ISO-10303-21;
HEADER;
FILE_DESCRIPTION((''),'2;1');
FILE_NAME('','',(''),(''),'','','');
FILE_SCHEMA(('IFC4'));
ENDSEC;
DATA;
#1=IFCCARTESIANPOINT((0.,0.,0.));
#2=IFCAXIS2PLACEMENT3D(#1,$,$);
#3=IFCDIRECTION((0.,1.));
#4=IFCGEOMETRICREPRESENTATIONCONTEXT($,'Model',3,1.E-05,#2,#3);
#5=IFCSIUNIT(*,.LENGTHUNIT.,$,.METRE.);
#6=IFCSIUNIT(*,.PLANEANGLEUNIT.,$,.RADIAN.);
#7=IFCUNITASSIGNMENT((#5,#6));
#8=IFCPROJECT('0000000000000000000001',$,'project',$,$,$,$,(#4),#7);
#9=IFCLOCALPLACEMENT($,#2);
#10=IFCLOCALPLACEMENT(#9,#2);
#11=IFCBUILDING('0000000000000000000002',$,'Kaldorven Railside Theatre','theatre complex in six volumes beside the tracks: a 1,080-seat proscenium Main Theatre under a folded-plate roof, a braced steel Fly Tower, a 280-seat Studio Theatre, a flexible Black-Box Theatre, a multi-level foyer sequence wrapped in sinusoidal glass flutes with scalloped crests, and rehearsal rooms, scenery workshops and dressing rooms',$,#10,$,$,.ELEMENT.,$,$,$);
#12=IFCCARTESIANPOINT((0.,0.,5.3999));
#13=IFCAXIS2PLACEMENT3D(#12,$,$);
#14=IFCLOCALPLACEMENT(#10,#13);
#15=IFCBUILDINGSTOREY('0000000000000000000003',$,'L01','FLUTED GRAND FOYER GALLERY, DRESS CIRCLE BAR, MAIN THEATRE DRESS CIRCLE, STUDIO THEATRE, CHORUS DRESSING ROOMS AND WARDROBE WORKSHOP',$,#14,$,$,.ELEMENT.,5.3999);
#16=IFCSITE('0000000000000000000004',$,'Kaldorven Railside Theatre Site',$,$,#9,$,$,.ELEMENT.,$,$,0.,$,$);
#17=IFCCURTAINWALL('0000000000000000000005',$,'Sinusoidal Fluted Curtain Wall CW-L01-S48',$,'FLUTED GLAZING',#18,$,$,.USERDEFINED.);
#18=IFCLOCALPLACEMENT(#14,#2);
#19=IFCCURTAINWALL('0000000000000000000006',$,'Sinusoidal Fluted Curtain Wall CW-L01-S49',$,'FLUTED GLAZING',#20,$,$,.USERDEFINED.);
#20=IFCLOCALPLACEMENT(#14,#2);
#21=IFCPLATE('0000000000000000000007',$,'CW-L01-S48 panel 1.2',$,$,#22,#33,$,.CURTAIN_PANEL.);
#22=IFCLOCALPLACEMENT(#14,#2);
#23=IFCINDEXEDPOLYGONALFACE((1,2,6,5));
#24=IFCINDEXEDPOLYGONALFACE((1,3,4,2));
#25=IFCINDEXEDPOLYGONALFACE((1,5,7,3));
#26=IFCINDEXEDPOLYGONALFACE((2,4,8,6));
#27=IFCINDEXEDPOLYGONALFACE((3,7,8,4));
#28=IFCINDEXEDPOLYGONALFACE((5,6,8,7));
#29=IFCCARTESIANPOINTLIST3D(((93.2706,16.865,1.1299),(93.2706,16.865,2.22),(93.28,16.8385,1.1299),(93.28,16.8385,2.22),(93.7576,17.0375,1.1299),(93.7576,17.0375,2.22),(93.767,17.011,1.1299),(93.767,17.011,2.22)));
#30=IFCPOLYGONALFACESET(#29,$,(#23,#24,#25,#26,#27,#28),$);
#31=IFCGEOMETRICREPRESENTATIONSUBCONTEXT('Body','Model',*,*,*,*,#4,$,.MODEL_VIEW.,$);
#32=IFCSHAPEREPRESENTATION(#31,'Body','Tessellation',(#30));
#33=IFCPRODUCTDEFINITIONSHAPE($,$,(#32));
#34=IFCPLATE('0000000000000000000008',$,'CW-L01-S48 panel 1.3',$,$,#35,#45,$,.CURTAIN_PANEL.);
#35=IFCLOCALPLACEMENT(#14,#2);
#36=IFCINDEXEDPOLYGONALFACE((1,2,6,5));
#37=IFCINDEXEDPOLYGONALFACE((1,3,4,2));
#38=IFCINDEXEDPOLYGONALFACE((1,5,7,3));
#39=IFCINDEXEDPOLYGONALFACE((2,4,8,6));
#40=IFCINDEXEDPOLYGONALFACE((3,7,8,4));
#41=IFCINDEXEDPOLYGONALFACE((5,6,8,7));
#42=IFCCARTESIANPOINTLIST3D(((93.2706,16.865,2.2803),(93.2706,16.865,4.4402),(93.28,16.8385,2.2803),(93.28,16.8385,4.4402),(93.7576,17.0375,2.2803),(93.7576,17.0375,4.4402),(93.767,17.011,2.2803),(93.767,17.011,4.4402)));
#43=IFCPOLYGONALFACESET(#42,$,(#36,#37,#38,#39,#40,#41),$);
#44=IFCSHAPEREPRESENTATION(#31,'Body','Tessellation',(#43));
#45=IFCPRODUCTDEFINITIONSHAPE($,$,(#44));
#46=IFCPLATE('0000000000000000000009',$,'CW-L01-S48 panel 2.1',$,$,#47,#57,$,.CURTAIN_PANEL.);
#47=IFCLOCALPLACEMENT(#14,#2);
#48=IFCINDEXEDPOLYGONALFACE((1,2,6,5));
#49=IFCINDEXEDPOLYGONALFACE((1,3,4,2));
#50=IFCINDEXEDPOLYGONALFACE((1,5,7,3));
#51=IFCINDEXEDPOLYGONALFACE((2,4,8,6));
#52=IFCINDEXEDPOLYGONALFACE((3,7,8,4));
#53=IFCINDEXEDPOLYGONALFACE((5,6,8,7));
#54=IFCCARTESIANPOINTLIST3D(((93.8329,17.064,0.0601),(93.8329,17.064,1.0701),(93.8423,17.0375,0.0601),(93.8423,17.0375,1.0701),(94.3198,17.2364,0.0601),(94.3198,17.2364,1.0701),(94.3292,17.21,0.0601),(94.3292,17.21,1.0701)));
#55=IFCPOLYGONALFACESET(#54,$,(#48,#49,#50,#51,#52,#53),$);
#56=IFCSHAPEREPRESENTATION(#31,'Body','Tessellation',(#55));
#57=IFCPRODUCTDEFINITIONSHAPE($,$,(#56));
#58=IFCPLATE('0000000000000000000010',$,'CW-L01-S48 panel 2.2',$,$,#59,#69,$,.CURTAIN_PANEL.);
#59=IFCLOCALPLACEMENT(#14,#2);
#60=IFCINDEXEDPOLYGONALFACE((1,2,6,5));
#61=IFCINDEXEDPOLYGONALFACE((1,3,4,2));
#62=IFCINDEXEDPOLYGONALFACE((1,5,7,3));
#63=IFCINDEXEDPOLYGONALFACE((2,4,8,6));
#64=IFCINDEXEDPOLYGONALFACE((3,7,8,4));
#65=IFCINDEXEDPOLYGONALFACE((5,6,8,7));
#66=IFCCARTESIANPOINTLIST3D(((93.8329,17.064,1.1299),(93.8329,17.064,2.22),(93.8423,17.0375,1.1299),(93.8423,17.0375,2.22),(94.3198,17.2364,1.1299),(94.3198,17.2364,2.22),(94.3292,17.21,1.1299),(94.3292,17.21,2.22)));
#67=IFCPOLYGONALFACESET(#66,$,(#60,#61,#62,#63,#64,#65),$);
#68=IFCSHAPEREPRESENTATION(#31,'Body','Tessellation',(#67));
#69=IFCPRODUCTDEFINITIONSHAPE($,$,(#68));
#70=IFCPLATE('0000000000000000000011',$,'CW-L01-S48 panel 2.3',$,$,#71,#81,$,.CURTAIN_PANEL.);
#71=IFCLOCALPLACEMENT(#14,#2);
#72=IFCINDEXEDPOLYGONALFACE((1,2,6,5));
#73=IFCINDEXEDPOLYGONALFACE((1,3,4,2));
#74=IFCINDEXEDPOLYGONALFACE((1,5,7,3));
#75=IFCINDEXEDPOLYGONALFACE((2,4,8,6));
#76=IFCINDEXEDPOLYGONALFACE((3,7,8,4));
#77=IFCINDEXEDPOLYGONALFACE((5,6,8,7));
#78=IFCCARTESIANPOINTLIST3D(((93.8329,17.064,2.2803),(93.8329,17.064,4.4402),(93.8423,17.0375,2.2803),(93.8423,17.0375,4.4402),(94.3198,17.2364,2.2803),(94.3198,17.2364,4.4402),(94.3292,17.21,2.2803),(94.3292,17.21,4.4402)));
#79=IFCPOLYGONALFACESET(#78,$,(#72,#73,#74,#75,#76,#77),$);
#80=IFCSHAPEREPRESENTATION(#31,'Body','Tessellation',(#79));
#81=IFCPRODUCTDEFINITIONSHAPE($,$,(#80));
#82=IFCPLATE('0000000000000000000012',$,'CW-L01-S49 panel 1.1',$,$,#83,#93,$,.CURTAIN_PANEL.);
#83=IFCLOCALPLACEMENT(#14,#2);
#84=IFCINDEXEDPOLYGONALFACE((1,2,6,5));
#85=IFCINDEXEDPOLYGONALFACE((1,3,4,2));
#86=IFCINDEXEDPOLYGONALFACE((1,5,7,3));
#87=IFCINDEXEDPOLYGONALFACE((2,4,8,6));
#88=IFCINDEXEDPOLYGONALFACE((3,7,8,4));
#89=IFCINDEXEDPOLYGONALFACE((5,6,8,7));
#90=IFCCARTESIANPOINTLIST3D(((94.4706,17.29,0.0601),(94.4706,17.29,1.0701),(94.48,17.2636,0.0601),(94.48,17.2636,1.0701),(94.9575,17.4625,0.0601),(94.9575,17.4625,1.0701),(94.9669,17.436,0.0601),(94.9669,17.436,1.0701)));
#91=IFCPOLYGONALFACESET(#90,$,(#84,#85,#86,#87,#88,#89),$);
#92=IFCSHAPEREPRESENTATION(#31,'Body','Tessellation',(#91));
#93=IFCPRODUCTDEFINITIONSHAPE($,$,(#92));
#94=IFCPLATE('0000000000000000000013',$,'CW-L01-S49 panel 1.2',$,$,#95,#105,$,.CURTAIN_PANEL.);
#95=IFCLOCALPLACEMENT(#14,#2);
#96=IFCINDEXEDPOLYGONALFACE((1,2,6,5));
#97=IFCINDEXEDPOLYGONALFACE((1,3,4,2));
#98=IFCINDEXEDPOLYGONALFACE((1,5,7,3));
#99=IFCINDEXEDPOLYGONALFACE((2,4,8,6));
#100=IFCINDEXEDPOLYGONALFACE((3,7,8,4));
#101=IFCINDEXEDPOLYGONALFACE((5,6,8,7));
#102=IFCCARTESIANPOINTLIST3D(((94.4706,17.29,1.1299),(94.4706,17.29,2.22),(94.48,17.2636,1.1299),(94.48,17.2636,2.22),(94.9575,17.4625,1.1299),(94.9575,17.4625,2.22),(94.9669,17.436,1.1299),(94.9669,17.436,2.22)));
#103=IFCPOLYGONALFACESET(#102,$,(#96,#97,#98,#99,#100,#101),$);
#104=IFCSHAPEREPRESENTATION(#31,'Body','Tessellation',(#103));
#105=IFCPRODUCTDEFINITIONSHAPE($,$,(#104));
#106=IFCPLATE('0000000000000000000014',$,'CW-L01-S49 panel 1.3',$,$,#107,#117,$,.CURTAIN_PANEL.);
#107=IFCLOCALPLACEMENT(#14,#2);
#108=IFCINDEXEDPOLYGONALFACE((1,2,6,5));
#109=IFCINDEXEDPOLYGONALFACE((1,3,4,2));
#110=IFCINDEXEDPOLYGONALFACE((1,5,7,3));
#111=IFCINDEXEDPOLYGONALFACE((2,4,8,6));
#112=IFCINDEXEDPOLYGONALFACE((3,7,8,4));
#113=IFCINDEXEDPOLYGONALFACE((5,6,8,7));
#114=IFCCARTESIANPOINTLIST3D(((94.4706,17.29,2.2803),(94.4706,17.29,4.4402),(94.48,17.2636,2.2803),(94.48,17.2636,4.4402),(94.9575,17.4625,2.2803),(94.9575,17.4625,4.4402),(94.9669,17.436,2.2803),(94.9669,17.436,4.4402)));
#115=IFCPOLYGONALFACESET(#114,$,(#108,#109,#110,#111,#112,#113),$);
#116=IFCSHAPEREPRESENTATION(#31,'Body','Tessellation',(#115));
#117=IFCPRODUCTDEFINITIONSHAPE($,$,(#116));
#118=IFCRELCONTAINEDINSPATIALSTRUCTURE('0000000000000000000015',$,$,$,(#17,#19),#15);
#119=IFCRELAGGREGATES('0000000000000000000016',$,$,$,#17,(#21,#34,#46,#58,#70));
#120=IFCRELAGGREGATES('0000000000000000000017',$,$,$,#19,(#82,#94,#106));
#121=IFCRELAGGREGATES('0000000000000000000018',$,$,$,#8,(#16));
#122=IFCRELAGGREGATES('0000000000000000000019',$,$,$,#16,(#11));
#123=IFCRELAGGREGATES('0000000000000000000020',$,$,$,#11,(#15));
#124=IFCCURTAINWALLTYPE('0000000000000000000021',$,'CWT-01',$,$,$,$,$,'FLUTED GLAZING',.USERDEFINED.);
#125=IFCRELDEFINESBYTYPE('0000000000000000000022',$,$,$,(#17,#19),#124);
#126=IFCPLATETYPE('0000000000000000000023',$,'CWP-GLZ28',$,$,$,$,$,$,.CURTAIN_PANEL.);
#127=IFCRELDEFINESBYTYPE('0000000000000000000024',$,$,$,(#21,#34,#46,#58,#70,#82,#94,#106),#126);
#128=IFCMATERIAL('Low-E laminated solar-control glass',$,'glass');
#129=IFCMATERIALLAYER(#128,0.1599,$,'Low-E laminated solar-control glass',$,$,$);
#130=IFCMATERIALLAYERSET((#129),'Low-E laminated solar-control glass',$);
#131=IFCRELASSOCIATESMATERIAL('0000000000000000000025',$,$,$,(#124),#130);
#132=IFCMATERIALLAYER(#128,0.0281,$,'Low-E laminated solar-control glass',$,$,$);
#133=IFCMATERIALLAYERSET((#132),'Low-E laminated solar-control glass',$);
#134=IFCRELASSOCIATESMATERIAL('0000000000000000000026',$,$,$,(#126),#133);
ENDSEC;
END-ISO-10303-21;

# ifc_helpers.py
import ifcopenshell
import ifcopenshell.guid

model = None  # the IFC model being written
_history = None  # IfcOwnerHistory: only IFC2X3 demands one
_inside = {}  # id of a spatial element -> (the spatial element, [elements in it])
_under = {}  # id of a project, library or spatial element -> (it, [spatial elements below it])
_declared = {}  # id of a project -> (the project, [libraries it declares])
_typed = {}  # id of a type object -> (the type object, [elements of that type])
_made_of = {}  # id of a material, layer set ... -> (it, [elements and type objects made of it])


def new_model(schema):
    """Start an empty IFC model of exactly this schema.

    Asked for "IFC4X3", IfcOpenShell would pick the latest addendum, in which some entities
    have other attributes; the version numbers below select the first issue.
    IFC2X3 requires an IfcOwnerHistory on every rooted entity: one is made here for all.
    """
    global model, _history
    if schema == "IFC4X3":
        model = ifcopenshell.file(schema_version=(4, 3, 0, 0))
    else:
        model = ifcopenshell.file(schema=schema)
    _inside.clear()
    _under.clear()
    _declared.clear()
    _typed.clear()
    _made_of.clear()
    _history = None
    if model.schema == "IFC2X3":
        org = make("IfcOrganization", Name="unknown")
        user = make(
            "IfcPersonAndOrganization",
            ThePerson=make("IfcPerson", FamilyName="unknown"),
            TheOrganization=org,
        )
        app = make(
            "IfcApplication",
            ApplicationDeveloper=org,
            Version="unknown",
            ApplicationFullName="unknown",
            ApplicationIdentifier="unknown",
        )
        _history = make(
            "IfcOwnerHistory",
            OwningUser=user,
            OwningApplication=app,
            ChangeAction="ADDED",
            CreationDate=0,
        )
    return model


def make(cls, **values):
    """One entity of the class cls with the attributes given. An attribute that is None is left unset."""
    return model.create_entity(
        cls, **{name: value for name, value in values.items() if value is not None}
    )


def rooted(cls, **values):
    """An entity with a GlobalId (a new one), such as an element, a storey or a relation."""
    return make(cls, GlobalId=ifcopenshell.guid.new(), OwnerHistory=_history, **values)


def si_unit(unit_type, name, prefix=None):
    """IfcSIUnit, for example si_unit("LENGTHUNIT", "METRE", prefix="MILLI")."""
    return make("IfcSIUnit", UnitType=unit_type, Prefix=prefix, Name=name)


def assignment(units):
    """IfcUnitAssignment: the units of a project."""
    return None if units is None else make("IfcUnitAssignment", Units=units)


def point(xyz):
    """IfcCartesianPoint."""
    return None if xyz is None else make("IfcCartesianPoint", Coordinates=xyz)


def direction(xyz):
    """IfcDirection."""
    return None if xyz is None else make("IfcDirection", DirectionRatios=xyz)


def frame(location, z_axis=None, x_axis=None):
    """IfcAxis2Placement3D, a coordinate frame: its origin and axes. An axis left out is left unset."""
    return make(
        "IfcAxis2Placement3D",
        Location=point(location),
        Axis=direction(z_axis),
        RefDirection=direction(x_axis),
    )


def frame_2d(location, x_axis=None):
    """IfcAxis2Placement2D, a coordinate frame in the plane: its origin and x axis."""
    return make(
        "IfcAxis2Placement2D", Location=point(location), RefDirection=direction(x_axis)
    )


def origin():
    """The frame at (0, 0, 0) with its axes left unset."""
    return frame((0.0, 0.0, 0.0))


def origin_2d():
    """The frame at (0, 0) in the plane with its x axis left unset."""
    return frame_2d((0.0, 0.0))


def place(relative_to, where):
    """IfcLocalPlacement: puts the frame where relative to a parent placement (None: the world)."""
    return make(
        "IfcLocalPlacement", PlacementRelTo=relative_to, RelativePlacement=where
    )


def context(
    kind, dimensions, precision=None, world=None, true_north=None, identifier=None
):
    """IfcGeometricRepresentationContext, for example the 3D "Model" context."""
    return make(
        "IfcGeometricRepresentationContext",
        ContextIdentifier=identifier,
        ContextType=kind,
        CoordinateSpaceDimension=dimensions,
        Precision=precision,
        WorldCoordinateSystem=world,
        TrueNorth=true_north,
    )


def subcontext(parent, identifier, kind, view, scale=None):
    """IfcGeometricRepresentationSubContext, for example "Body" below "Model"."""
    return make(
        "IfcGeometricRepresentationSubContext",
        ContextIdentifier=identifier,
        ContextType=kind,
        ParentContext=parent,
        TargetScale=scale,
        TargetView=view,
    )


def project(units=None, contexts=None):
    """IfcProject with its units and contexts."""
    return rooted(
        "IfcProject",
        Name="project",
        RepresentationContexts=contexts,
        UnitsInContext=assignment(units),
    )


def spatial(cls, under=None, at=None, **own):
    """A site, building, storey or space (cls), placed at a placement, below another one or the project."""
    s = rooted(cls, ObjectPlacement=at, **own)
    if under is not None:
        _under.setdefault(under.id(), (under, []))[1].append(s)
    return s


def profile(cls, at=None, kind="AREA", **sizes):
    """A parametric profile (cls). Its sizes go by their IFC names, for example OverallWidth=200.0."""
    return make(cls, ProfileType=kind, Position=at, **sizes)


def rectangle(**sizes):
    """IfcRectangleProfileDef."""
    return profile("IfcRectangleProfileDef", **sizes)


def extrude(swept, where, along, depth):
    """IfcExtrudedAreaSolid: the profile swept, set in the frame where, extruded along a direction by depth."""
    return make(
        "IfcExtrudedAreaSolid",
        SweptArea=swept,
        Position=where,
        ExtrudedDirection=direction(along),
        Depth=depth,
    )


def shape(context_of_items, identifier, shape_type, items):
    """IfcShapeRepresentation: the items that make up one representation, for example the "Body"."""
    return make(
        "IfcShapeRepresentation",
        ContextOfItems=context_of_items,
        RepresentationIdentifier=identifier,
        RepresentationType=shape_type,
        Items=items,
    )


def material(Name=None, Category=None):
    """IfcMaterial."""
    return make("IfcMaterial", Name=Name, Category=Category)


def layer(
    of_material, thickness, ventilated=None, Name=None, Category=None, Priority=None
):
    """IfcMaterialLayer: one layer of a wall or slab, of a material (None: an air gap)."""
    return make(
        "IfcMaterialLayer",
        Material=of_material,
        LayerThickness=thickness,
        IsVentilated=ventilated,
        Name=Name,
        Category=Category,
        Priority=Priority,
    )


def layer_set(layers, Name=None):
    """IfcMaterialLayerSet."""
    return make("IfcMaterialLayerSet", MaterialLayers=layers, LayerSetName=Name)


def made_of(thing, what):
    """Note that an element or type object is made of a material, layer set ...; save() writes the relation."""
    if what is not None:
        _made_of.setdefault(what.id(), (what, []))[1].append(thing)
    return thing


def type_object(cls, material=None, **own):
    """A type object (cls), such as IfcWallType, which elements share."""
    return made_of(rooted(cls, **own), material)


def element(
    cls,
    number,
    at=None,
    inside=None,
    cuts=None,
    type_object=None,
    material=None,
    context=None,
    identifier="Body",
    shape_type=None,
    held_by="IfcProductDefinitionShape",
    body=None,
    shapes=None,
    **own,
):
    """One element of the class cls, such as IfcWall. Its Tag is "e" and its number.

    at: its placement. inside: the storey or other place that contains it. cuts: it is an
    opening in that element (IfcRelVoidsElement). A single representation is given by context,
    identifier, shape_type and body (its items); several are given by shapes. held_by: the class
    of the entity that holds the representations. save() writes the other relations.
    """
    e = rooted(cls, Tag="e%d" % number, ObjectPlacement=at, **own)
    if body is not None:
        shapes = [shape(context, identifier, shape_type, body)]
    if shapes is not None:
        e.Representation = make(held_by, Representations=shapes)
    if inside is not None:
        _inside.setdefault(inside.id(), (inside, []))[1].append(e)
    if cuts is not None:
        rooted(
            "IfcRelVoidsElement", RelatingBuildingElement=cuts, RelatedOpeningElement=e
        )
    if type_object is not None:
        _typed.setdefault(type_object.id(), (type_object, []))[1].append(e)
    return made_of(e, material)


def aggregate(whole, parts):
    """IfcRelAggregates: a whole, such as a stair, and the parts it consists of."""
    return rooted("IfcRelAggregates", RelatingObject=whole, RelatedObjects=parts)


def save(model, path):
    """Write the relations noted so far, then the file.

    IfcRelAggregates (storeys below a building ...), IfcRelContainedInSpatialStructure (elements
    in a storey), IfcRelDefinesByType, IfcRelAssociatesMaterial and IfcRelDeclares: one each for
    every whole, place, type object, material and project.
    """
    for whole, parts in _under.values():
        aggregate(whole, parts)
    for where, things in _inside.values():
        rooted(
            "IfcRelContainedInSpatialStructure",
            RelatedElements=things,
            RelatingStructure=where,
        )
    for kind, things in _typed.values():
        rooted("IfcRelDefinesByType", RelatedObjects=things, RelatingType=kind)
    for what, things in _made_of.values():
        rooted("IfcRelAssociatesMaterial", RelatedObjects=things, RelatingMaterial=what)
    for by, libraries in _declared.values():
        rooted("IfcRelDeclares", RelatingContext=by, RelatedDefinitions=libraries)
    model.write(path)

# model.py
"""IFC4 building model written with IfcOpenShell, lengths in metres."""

from ifc_helpers import new_model, si_unit, direction, frame, origin, origin_2d, place, context, subcontext, project, spatial, rectangle, extrude, material, layer, layer_set, type_object, element, aggregate, save


model = new_model("IFC4")

# Units and contexts
model_context = context("Model", 3, precision=1e-05, world=origin(), true_north=direction((0.0, 1.0)))
body_context = subcontext(model_context, "Body", "Model", "MODEL_VIEW")
ifc_project = project(units=[si_unit("LENGTHUNIT", "METRE"), si_unit("PLANEANGLEUNIT", "RADIAN")], contexts=[model_context])

# Site, building, storey
site_placement = place(None, origin())
site = spatial("IfcSite", under=ifc_project, at=site_placement, Name="Kaldorven Railside Theatre Site", CompositionType="ELEMENT", RefElevation=0.0)
building_placement = place(site_placement, origin())
building = spatial("IfcBuilding", under=site, at=building_placement, Name="Kaldorven Railside Theatre", Description="theatre complex in six volumes beside the tracks: a 1,080-seat proscenium Main Theatre under a folded-plate roof, a braced steel Fly Tower, a 280-seat Studio Theatre, a flexible Black-Box Theatre, a multi-level foyer sequence wrapped in sinusoidal glass flutes with scalloped crests, and rehearsal rooms, scenery workshops and dressing rooms", CompositionType="ELEMENT")
storey_placement = place(building_placement, frame((0.0, 0.0, 5.3999)))
storey = spatial("IfcBuildingStorey", under=building, at=storey_placement, Name="L01", Description="FLUTED GRAND FOYER GALLERY, DRESS CIRCLE BAR, MAIN THEATRE DRESS CIRCLE, STUDIO THEATRE, CHORUS DRESSING ROOMS AND WARDROBE WORKSHOP", CompositionType="ELEMENT", Elevation=5.3999)

# Curtain walls
ifc_material_1 = material(Name="Low-E laminated solar-control glass", Category="glass")
ifc_layer_1 = layer(ifc_material_1, 0.1599, Name="Low-E laminated solar-control glass")
ifc_layer_set_1 = layer_set([ifc_layer_1], Name="Low-E laminated solar-control glass")
curtain_wall_type = type_object("IfcCurtainWallType", Name="CWT-01", ElementType="FLUTED GLAZING", PredefinedType="USERDEFINED", material=ifc_layer_set_1)
curtain_wall_1_placement = place(storey_placement, origin())
curtain_wall_1 = element("IfcCurtainWall", 1, at=curtain_wall_1_placement, inside=storey, type_object=curtain_wall_type, Name="Sinusoidal Fluted Curtain Wall CW-L01-S48", ObjectType="FLUTED GLAZING", PredefinedType="USERDEFINED")
curtain_wall_2_placement = place(storey_placement, origin())
curtain_wall_2 = element("IfcCurtainWall", 2, at=curtain_wall_2_placement, inside=storey, type_object=curtain_wall_type, Name="Sinusoidal Fluted Curtain Wall CW-L01-S49", ObjectType="FLUTED GLAZING", PredefinedType="USERDEFINED")

# Plates
ifc_layer_2 = layer(ifc_material_1, 0.0281, Name="Low-E laminated solar-control glass")
ifc_layer_set_2 = layer_set([ifc_layer_2], Name="Low-E laminated solar-control glass")
plate_type = type_object("IfcPlateType", Name="CWP-GLZ28", PredefinedType="CURTAIN_PANEL", material=ifc_layer_set_2)
plate_1_placement = place(storey_placement, frame((93.5188, 16.938, 1.1299), z_axis=(0.0, 0.0, 1.0), x_axis=(0.942627, 0.333847, 0.0)))
plate_1 = element("IfcPlate", 3, at=plate_1_placement, type_object=plate_type, Name="CW-L01-S48 panel 1.2", PredefinedType="CURTAIN_PANEL", context=body_context, shape_type="SweptSolid", body=[
    extrude(rectangle(XDim=0.5166, YDim=0.0281, at=origin_2d()), origin(), (0.0, 0.0, 1.0), 1.0901),
])
plate_2_placement = place(storey_placement, frame((93.5188, 16.938, 2.2803), z_axis=(0.0, 0.0, 1.0), x_axis=(0.942627, 0.333847, 0.0)))
plate_2 = element("IfcPlate", 4, at=plate_2_placement, type_object=plate_type, Name="CW-L01-S48 panel 1.3", PredefinedType="CURTAIN_PANEL", context=body_context, shape_type="SweptSolid", body=[
    extrude(rectangle(XDim=0.5166, YDim=0.0281, at=origin_2d()), origin(), (0.0, 0.0, 1.0), 2.1599),
])
plate_3_placement = place(storey_placement, frame((94.0811, 17.137, 0.0601), z_axis=(0.0, 0.0, 1.0), x_axis=(0.942627, 0.333847, 0.0)))
plate_3 = element("IfcPlate", 5, at=plate_3_placement, type_object=plate_type, Name="CW-L01-S48 panel 2.1", PredefinedType="CURTAIN_PANEL", context=body_context, shape_type="SweptSolid", body=[
    extrude(rectangle(XDim=0.5166, YDim=0.0281, at=origin_2d()), origin(), (0.0, 0.0, 1.0), 1.01),
])
plate_4_placement = place(storey_placement, frame((94.0811, 17.137, 1.1299), z_axis=(0.0, 0.0, 1.0), x_axis=(0.942627, 0.333847, 0.0)))
plate_4 = element("IfcPlate", 6, at=plate_4_placement, type_object=plate_type, Name="CW-L01-S48 panel 2.2", PredefinedType="CURTAIN_PANEL", context=body_context, shape_type="SweptSolid", body=[
    extrude(rectangle(XDim=0.5166, YDim=0.0281, at=origin_2d()), origin(), (0.0, 0.0, 1.0), 1.0901),
])
plate_5_placement = place(storey_placement, frame((94.0811, 17.137, 2.2803), z_axis=(0.0, 0.0, 1.0), x_axis=(0.942627, 0.333847, 0.0)))
plate_5 = element("IfcPlate", 7, at=plate_5_placement, type_object=plate_type, Name="CW-L01-S48 panel 2.3", PredefinedType="CURTAIN_PANEL", context=body_context, shape_type="SweptSolid", body=[
    extrude(rectangle(XDim=0.5166, YDim=0.0281, at=origin_2d()), origin(), (0.0, 0.0, 1.0), 2.1599),
])
aggregate(curtain_wall_1, [plate_1, plate_2, plate_3, plate_4, plate_5])
plate_6_placement = place(storey_placement, frame((94.7188, 17.363, 0.0601), z_axis=(0.0, 0.0, 1.0), x_axis=(0.942627, 0.333847, 0.0)))
plate_6 = element("IfcPlate", 8, at=plate_6_placement, type_object=plate_type, Name="CW-L01-S49 panel 1.1", PredefinedType="CURTAIN_PANEL", context=body_context, shape_type="SweptSolid", body=[
    extrude(rectangle(XDim=0.5166, YDim=0.0281, at=origin_2d()), origin(), (0.0, 0.0, 1.0), 1.01),
])
plate_7_placement = place(storey_placement, frame((94.7188, 17.363, 1.1299), z_axis=(0.0, 0.0, 1.0), x_axis=(0.942627, 0.333847, 0.0)))
plate_7 = element("IfcPlate", 9, at=plate_7_placement, type_object=plate_type, Name="CW-L01-S49 panel 1.2", PredefinedType="CURTAIN_PANEL", context=body_context, shape_type="SweptSolid", body=[
    extrude(rectangle(XDim=0.5166, YDim=0.0281, at=origin_2d()), origin(), (0.0, 0.0, 1.0), 1.0901),
])
plate_8_placement = place(storey_placement, frame((94.7188, 17.363, 2.2803), z_axis=(0.0, 0.0, 1.0), x_axis=(0.942627, 0.333847, 0.0)))
plate_8 = element("IfcPlate", 10, at=plate_8_placement, type_object=plate_type, Name="CW-L01-S49 panel 1.3", PredefinedType="CURTAIN_PANEL", context=body_context, shape_type="SweptSolid", body=[
    extrude(rectangle(XDim=0.5166, YDim=0.0281, at=origin_2d()), origin(), (0.0, 0.0, 1.0), 2.1599),
])
aggregate(curtain_wall_2, [plate_6, plate_7, plate_8])

save(model, "model.ifc")
